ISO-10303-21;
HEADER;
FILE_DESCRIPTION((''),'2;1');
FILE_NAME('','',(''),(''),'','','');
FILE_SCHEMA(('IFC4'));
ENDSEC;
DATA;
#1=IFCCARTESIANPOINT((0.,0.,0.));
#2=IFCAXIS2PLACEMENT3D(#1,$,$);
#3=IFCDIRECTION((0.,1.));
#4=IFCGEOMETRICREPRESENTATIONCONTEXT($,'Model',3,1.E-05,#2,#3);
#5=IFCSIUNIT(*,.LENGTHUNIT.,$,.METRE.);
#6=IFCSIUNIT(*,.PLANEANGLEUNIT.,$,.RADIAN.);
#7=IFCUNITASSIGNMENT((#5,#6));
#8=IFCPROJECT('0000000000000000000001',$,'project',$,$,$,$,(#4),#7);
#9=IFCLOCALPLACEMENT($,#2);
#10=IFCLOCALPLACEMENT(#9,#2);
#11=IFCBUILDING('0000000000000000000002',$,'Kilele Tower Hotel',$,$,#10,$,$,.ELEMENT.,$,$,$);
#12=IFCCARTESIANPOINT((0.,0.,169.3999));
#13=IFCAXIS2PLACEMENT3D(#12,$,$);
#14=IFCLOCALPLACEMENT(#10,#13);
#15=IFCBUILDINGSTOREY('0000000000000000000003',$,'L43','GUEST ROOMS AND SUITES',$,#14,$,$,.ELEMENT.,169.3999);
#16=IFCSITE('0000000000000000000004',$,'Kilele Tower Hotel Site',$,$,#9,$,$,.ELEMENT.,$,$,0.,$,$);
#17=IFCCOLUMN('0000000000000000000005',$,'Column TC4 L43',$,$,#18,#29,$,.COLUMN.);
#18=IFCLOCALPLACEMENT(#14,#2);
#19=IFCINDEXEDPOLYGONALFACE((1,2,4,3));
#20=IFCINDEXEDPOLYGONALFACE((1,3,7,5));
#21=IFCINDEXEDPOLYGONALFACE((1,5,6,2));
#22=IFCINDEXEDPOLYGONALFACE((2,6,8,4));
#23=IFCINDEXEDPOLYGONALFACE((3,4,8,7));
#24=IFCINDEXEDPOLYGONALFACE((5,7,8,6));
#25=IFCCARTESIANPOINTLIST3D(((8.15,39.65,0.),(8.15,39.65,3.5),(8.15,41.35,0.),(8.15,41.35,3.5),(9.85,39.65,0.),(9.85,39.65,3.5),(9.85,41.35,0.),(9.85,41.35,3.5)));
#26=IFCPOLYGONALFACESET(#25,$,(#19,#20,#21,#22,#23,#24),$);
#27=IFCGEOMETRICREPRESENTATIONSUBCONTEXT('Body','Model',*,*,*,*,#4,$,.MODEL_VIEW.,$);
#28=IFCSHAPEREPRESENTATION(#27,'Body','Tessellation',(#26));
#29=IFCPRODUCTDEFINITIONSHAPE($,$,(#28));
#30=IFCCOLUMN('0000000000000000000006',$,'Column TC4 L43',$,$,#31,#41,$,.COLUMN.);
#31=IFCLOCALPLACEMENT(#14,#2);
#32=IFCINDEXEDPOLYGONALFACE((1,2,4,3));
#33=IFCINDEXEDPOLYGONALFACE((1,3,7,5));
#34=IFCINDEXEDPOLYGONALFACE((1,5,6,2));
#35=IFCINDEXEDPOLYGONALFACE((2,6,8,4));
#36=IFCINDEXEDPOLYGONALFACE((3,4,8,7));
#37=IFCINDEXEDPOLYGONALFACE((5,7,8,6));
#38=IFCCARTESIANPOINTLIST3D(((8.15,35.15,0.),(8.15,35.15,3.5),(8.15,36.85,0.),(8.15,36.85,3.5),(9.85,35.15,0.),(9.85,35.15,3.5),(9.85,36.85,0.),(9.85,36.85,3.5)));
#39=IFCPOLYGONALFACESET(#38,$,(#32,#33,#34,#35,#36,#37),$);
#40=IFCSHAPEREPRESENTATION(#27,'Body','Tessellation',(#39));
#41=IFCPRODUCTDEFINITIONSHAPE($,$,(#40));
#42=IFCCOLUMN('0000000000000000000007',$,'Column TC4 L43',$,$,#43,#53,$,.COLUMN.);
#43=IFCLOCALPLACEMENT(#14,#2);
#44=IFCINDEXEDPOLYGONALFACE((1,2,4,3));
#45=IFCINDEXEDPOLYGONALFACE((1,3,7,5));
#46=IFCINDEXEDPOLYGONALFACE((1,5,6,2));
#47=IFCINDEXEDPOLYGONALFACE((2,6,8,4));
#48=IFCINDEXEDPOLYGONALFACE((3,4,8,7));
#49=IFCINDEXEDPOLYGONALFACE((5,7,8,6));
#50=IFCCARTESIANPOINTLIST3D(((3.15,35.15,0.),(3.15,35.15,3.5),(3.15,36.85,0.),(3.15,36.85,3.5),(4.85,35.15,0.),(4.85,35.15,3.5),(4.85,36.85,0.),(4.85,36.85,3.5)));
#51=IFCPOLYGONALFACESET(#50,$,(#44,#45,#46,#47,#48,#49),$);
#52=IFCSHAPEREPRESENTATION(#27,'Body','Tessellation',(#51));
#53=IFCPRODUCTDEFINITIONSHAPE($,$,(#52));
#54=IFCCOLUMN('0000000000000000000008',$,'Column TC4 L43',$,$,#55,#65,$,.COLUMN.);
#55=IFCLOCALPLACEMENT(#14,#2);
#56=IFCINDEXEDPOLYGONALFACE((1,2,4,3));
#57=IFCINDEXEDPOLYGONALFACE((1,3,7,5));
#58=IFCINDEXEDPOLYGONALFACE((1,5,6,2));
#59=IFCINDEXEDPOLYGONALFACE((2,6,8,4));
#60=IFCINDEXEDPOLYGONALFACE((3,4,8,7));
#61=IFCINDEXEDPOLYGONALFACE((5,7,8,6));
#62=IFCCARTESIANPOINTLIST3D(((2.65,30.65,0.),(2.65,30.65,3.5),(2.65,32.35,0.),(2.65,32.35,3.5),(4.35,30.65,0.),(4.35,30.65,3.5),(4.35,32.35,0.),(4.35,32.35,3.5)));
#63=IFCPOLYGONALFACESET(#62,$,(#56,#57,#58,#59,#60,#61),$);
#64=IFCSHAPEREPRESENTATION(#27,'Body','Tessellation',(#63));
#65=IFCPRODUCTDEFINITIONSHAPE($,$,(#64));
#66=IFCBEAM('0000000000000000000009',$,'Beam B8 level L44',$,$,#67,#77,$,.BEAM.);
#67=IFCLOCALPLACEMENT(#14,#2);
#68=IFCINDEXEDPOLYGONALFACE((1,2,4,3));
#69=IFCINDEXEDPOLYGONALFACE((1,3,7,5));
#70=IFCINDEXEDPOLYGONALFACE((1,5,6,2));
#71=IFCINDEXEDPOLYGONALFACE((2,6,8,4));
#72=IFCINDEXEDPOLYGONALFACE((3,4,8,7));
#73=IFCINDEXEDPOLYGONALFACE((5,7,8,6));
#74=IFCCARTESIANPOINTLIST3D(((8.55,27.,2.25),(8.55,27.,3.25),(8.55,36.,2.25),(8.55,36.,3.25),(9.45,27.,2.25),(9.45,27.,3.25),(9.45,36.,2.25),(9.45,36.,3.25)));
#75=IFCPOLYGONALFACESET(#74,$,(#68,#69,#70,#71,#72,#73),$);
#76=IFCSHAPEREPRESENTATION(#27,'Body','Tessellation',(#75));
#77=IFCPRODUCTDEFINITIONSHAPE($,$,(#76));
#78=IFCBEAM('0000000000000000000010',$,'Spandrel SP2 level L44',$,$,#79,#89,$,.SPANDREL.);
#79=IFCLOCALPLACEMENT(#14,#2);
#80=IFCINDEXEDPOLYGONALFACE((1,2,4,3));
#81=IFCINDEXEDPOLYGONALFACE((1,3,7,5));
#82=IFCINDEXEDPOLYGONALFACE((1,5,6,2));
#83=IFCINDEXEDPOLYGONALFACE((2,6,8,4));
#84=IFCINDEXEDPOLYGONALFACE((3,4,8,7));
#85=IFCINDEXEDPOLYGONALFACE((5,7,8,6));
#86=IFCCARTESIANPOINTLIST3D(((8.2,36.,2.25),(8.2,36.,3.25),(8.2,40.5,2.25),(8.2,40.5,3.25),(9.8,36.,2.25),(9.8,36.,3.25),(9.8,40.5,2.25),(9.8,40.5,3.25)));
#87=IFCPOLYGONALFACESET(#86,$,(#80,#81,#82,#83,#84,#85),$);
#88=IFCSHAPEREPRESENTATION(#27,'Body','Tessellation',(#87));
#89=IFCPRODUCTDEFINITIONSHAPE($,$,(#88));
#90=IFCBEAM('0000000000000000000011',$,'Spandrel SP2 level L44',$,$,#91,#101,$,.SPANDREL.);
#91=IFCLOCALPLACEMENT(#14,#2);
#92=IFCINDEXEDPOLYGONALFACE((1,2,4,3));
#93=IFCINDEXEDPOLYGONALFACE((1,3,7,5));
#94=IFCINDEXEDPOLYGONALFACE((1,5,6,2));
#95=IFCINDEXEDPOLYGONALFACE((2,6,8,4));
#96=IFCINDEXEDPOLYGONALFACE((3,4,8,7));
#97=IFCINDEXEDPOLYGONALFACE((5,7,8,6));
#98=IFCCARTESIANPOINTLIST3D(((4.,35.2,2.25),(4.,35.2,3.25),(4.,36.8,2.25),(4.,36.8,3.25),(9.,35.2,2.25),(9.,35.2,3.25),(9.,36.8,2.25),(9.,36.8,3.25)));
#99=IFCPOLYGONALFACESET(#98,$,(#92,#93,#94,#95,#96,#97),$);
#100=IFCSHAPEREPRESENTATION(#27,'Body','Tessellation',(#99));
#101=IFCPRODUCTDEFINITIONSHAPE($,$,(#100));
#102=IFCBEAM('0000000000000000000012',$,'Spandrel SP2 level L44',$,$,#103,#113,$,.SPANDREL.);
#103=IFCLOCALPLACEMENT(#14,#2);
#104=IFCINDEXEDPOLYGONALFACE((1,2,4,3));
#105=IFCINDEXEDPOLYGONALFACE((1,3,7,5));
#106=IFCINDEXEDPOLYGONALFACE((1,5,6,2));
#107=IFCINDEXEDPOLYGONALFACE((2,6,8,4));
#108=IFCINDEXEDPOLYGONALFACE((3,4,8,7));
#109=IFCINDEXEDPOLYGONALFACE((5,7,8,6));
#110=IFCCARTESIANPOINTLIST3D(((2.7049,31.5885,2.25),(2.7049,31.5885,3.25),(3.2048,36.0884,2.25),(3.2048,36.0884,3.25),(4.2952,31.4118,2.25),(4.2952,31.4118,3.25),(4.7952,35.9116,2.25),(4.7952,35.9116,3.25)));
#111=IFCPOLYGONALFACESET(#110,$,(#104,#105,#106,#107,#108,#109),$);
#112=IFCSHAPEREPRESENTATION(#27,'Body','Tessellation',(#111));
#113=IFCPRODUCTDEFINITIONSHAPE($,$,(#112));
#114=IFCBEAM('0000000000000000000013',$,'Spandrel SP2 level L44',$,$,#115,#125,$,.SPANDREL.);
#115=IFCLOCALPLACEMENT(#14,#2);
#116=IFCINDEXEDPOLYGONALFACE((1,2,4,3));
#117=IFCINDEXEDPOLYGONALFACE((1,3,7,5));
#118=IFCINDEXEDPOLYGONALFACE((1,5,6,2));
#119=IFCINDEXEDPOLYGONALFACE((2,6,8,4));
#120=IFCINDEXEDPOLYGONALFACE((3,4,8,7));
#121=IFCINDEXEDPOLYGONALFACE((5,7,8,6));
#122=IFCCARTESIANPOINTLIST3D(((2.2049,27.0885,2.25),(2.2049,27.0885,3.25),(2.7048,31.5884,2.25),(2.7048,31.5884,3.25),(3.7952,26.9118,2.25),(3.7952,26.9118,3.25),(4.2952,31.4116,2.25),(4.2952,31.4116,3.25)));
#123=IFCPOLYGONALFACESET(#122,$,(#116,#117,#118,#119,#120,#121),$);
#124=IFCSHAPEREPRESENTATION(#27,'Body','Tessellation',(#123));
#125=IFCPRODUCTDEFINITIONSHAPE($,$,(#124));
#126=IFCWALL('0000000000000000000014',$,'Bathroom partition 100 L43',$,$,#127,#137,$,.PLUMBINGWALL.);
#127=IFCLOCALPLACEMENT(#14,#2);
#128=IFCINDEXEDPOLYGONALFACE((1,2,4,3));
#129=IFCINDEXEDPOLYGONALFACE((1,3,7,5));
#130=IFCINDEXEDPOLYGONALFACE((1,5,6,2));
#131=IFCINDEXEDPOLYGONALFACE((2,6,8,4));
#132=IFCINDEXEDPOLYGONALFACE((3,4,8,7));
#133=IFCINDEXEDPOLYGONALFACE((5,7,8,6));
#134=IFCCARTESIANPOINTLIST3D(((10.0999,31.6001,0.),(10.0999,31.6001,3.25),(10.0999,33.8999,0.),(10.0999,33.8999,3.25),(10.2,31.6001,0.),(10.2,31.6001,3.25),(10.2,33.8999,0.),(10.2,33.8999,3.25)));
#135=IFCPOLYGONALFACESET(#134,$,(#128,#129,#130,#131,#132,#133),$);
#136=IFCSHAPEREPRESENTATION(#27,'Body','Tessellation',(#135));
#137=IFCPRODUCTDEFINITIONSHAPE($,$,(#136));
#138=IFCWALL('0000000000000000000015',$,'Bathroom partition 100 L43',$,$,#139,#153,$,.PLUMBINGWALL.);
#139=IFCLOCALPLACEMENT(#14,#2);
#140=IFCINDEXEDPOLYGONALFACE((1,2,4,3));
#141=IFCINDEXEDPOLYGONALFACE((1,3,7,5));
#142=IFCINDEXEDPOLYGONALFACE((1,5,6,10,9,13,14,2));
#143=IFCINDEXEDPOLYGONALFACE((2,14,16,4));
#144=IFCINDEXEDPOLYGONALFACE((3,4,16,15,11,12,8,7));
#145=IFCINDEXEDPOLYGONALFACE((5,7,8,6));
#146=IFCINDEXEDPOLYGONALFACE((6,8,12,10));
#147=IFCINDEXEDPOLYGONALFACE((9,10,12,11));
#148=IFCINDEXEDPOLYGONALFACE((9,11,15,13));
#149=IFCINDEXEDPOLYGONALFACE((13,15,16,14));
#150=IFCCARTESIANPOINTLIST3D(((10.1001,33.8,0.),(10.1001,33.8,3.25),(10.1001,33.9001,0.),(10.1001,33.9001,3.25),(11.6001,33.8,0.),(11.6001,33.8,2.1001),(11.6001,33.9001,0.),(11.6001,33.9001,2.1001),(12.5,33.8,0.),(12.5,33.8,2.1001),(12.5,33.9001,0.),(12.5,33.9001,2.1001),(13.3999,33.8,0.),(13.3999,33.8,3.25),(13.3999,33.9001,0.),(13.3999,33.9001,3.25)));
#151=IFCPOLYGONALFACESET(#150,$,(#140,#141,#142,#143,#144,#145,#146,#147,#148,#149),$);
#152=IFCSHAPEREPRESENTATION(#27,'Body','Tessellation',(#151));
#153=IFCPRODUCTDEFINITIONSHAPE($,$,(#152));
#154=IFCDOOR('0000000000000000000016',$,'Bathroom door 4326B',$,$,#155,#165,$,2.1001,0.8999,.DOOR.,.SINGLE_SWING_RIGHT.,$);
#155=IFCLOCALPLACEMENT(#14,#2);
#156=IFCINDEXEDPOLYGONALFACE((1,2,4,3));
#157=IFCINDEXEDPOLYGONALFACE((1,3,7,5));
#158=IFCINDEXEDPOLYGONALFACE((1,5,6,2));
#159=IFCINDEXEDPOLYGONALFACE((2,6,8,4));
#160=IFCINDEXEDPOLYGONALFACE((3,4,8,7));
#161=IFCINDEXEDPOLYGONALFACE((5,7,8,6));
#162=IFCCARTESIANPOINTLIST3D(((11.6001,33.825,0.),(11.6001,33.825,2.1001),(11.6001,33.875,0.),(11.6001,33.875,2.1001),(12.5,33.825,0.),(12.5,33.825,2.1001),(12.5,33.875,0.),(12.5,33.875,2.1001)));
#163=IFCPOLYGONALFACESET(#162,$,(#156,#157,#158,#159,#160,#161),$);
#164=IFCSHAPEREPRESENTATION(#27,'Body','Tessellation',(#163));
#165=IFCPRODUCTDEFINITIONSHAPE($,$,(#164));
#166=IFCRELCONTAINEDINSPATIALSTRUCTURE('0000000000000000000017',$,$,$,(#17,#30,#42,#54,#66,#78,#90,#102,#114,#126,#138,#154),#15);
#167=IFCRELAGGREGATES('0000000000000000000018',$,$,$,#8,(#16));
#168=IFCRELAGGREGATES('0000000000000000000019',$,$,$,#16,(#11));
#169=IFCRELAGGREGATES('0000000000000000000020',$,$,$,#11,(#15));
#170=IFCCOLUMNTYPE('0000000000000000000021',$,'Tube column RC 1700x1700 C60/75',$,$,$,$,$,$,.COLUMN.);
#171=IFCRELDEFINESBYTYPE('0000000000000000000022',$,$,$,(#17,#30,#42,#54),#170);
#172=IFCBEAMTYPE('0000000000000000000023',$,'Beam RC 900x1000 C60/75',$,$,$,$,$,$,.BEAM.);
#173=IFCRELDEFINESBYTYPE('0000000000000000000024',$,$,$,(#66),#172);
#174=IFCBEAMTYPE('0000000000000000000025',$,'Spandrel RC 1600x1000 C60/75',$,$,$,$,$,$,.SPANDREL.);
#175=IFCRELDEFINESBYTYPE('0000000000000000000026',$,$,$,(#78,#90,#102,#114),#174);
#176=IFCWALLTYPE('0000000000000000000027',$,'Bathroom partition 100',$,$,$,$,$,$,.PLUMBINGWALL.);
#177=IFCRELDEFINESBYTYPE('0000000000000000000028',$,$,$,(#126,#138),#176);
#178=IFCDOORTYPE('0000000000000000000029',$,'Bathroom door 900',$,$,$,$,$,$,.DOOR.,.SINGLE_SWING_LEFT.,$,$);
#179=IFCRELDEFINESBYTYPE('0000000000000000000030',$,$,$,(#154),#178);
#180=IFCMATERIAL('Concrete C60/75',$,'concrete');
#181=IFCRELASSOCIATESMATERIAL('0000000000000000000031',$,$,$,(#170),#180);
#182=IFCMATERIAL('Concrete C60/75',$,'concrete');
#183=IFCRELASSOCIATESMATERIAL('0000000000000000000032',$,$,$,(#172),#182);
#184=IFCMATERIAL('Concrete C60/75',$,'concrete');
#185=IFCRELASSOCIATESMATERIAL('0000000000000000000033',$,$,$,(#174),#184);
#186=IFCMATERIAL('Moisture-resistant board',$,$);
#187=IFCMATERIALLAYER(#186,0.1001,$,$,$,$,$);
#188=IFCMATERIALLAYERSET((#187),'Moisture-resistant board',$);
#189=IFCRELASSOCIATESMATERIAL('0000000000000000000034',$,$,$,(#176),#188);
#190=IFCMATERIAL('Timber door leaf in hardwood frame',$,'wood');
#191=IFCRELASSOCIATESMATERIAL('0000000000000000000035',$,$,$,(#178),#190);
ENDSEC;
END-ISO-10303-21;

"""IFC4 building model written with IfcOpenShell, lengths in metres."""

from ifc_helpers import new_model, si_unit, direction, frame, frame_2d, origin, origin_2d, place, context, subcontext, project, spatial, rectangle, extrude, material, layer, layer_set, material_profile, profile_set, type_object, element, fill, save


model = new_model("IFC4")

# Units and contexts
model_context = context("Model", 3, precision=1e-05, world=origin(), true_north=direction((0.0, 1.0)))
body_context = subcontext(model_context, "Body", "Model", "MODEL_VIEW")
ifc_project = project(units=[si_unit("LENGTHUNIT", "METRE"), si_unit("PLANEANGLEUNIT", "RADIAN")], contexts=[model_context])

# Site, building, storey
site_placement = place(None, origin())
site = spatial("IfcSite", under=ifc_project, at=site_placement, Name="Kilele Tower Hotel Site", CompositionType="ELEMENT", RefElevation=0.0)
building_placement = place(site_placement, origin())
building = spatial("IfcBuilding", under=site, at=building_placement, Name="Kilele Tower Hotel", CompositionType="ELEMENT")
storey_placement = place(building_placement, frame((0.0, 0.0, 169.3999)))
storey = spatial("IfcBuildingStorey", under=building, at=storey_placement, Name="L43", Description="GUEST ROOMS AND SUITES", CompositionType="ELEMENT", Elevation=169.3999)

# Columns
ifc_material_1 = material(Name="Concrete C60/75", Category="concrete")
ifc_material_profile_1 = material_profile(ifc_material_1, rectangle(XDim=1.7, YDim=1.7, at=origin_2d()))
ifc_profile_set_1 = profile_set([ifc_material_profile_1], Name="Concrete C60/75")
column_type = type_object("IfcColumnType", Name="Tube column RC 1700x1700 C60/75", PredefinedType="COLUMN", material=ifc_profile_set_1)
for number, where, z_axis, x_axis, name in (
    (1, (9.0, 40.5, 0.0), (0.0, 0.0, 1.0), (1.0, 0.0, 0.0), "Column TC4 L43"),
    (2, (9.0, 36.0, 0.0), (0.0, 0.0, 1.0), (1.0, 0.0, 0.0), "Column TC4 L43"),
    (3, (4.0, 36.0, 0.0), (0.0, 0.0, 1.0), (1.0, 0.0, 0.0), "Column TC4 L43"),
    (4, (3.5, 31.5, 0.0), (0.0, 0.0, 1.0), (1.0, 0.0, 0.0), "Column TC4 L43"),
):
    element("IfcColumn", number, at=place(storey_placement, frame(where, z_axis=z_axis, x_axis=x_axis)), inside=storey, type_object=column_type, Name=name, PredefinedType="COLUMN", context=body_context, shape_type="SweptSolid", body=[
        extrude(rectangle(XDim=1.7, YDim=1.7, at=origin_2d()), origin(), (0.0, 0.0, 1.0), 3.5),
    ])

# Beams
ifc_material_2 = material(Name="Concrete C60/75", Category="concrete")
ifc_material_profile_2 = material_profile(ifc_material_2, rectangle(XDim=0.8999, YDim=1.0, at=origin_2d()))
ifc_profile_set_2 = profile_set([ifc_material_profile_2], Name="Concrete C60/75")
beam_type_1 = type_object("IfcBeamType", Name="Beam RC 900x1000 C60/75", PredefinedType="BEAM", material=ifc_profile_set_2)
beam_1_placement = place(storey_placement, frame((9.0, 36.0, 2.75), z_axis=(0.0, -1.0, 0.0), x_axis=(1.0, 0.0, 0.0)))
element("IfcBeam", 5, at=beam_1_placement, inside=storey, type_object=beam_type_1, Name="Beam B8 level L44", PredefinedType="BEAM", context=body_context, shape_type="SweptSolid", body=[
    extrude(rectangle(XDim=0.8999, YDim=1.0, at=origin_2d()), origin(), (0.0, 0.0, 1.0), 9.0),
])
ifc_material_3 = material(Name="Concrete C60/75", Category="concrete")
ifc_material_profile_3 = material_profile(ifc_material_3, rectangle(XDim=1.6001, YDim=1.0, at=origin_2d()))
ifc_profile_set_3 = profile_set([ifc_material_profile_3], Name="Concrete C60/75")
beam_type_2 = type_object("IfcBeamType", Name="Spandrel RC 1600x1000 C60/75", PredefinedType="SPANDREL", material=ifc_profile_set_3)
beam_2_placement = place(storey_placement, frame((9.0, 40.5, 2.75), z_axis=(0.0, -1.0, 0.0), x_axis=(1.0, 0.0, 0.0)))
element("IfcBeam", 6, at=beam_2_placement, inside=storey, type_object=beam_type_2, Name="Spandrel SP2 level L44", PredefinedType="SPANDREL", context=body_context, shape_type="SweptSolid", body=[
    extrude(rectangle(XDim=1.6001, YDim=1.0, at=origin_2d()), origin(), (0.0, 0.0, 1.0), 4.5),
])
beam_3_placement = place(storey_placement, frame((9.0, 36.0, 2.75), z_axis=(-1.0, 0.0, 0.0), x_axis=(0.0, -1.0, 0.0)))
element("IfcBeam", 7, at=beam_3_placement, inside=storey, type_object=beam_type_2, Name="Spandrel SP2 level L44", PredefinedType="SPANDREL", context=body_context, shape_type="SweptSolid", body=[
    extrude(rectangle(XDim=1.6001, YDim=1.0, at=origin_2d()), origin(), (0.0, 0.0, 1.0), 5.0),
])
for number, where, z_axis, x_axis, name in (
    (8, (4.0, 36.0, 2.75), (-0.110432, -0.993884, 0.0), (0.993884, -0.110432, 0.0), "Spandrel SP2 level L44"),
    (9, (3.5, 31.5, 2.75), (-0.110432, -0.993884, 0.0), (0.993884, -0.110432, 0.0), "Spandrel SP2 level L44"),
):
    element("IfcBeam", number, at=place(storey_placement, frame(where, z_axis=z_axis, x_axis=x_axis)), inside=storey, type_object=beam_type_2, Name=name, PredefinedType="SPANDREL", context=body_context, shape_type="SweptSolid", body=[
        extrude(rectangle(XDim=1.6001, YDim=1.0, at=origin_2d()), origin(), (0.0, 0.0, 1.0), 4.5276),
    ])

# Wall
ifc_material_4 = material(Name="Moisture-resistant board")
ifc_layer_1 = layer(ifc_material_4, 0.1001)
ifc_layer_set_1 = layer_set([ifc_layer_1], Name="Moisture-resistant board")
wall_type_1 = type_object("IfcWallType", Name="Bathroom partition 100", PredefinedType="PLUMBINGWALL", material=ifc_layer_set_1)
wall_1_placement = place(storey_placement, frame((10.1499, 31.6001, 0.0), z_axis=(0.0, 0.0, 1.0), x_axis=(0.0, 1.0, 0.0)))
element("IfcWall", 10, at=wall_1_placement, inside=storey, type_object=wall_type_1, Name="Bathroom partition 100 L43", PredefinedType="PLUMBINGWALL", context=body_context, shape_type="SweptSolid", body=[
    extrude(rectangle(XDim=2.2998, YDim=0.1001, at=frame_2d((1.1499, 0.0))), origin(), (0.0, 0.0, 1.0), 3.25),
])

# Wall, opening, door
wall_2_placement = place(storey_placement, frame((13.3999, 33.8501, 0.0), z_axis=(0.0, 0.0, 1.0), x_axis=(-1.0, 0.0, 0.0)))
wall_2 = element("IfcWall", 11, at=wall_2_placement, inside=storey, type_object=wall_type_1, Name="Bathroom partition 100 L43", PredefinedType="PLUMBINGWALL", context=body_context, shape_type="SweptSolid", body=[
    extrude(rectangle(XDim=3.2998, YDim=0.1001, at=frame_2d((1.6499, 0.0))), origin(), (0.0, 0.0, 1.0), 3.25),
])
opening_1_placement = place(wall_2_placement, frame((1.7998, 0.0, 0.0), z_axis=(0.0, 0.0, 1.0), x_axis=(-1.0, 0.0, 0.0)))
opening_1 = element("IfcOpeningElement", 12, at=opening_1_placement, cuts=wall_2, PredefinedType="OPENING", context=body_context, shape_type="SweptSolid", body=[
    extrude(rectangle(XDim=0.8999, YDim=2.1001, at=frame_2d((0.45, 1.05))), frame((0.0, 0.0601, 0.0), z_axis=(0.0, -1.0, 0.0), x_axis=(1.0, 0.0, 0.0)), (0.0, 0.0, 1.0), 0.1201),
])
ifc_material_5 = material(Name="Timber door leaf in hardwood frame", Category="wood")
door_type_1 = type_object("IfcDoorType", Name="Bathroom door 900", OperationType="SINGLE_SWING_LEFT", PredefinedType="DOOR", material=ifc_material_5)
door_1_placement = place(opening_1_placement, origin())
door_1 = element("IfcDoor", 13, at=door_1_placement, inside=storey, type_object=door_type_1, Name="Bathroom door 4326B", OperationType="SINGLE_SWING_RIGHT", OverallHeight=2.1001, OverallWidth=0.8999, PredefinedType="DOOR", context=body_context, shape_type="SweptSolid", body=[
    extrude(rectangle(XDim=0.8999, YDim=2.1001, at=frame_2d((0.45, 1.05))), frame((0.0, 0.0249, 0.0), z_axis=(0.0, -1.0, 0.0), x_axis=(1.0, 0.0, 0.0)), (0.0, 0.0, 1.0), 0.05),
])
fill(opening_1, door_1)

save(model, "model.ifc")
